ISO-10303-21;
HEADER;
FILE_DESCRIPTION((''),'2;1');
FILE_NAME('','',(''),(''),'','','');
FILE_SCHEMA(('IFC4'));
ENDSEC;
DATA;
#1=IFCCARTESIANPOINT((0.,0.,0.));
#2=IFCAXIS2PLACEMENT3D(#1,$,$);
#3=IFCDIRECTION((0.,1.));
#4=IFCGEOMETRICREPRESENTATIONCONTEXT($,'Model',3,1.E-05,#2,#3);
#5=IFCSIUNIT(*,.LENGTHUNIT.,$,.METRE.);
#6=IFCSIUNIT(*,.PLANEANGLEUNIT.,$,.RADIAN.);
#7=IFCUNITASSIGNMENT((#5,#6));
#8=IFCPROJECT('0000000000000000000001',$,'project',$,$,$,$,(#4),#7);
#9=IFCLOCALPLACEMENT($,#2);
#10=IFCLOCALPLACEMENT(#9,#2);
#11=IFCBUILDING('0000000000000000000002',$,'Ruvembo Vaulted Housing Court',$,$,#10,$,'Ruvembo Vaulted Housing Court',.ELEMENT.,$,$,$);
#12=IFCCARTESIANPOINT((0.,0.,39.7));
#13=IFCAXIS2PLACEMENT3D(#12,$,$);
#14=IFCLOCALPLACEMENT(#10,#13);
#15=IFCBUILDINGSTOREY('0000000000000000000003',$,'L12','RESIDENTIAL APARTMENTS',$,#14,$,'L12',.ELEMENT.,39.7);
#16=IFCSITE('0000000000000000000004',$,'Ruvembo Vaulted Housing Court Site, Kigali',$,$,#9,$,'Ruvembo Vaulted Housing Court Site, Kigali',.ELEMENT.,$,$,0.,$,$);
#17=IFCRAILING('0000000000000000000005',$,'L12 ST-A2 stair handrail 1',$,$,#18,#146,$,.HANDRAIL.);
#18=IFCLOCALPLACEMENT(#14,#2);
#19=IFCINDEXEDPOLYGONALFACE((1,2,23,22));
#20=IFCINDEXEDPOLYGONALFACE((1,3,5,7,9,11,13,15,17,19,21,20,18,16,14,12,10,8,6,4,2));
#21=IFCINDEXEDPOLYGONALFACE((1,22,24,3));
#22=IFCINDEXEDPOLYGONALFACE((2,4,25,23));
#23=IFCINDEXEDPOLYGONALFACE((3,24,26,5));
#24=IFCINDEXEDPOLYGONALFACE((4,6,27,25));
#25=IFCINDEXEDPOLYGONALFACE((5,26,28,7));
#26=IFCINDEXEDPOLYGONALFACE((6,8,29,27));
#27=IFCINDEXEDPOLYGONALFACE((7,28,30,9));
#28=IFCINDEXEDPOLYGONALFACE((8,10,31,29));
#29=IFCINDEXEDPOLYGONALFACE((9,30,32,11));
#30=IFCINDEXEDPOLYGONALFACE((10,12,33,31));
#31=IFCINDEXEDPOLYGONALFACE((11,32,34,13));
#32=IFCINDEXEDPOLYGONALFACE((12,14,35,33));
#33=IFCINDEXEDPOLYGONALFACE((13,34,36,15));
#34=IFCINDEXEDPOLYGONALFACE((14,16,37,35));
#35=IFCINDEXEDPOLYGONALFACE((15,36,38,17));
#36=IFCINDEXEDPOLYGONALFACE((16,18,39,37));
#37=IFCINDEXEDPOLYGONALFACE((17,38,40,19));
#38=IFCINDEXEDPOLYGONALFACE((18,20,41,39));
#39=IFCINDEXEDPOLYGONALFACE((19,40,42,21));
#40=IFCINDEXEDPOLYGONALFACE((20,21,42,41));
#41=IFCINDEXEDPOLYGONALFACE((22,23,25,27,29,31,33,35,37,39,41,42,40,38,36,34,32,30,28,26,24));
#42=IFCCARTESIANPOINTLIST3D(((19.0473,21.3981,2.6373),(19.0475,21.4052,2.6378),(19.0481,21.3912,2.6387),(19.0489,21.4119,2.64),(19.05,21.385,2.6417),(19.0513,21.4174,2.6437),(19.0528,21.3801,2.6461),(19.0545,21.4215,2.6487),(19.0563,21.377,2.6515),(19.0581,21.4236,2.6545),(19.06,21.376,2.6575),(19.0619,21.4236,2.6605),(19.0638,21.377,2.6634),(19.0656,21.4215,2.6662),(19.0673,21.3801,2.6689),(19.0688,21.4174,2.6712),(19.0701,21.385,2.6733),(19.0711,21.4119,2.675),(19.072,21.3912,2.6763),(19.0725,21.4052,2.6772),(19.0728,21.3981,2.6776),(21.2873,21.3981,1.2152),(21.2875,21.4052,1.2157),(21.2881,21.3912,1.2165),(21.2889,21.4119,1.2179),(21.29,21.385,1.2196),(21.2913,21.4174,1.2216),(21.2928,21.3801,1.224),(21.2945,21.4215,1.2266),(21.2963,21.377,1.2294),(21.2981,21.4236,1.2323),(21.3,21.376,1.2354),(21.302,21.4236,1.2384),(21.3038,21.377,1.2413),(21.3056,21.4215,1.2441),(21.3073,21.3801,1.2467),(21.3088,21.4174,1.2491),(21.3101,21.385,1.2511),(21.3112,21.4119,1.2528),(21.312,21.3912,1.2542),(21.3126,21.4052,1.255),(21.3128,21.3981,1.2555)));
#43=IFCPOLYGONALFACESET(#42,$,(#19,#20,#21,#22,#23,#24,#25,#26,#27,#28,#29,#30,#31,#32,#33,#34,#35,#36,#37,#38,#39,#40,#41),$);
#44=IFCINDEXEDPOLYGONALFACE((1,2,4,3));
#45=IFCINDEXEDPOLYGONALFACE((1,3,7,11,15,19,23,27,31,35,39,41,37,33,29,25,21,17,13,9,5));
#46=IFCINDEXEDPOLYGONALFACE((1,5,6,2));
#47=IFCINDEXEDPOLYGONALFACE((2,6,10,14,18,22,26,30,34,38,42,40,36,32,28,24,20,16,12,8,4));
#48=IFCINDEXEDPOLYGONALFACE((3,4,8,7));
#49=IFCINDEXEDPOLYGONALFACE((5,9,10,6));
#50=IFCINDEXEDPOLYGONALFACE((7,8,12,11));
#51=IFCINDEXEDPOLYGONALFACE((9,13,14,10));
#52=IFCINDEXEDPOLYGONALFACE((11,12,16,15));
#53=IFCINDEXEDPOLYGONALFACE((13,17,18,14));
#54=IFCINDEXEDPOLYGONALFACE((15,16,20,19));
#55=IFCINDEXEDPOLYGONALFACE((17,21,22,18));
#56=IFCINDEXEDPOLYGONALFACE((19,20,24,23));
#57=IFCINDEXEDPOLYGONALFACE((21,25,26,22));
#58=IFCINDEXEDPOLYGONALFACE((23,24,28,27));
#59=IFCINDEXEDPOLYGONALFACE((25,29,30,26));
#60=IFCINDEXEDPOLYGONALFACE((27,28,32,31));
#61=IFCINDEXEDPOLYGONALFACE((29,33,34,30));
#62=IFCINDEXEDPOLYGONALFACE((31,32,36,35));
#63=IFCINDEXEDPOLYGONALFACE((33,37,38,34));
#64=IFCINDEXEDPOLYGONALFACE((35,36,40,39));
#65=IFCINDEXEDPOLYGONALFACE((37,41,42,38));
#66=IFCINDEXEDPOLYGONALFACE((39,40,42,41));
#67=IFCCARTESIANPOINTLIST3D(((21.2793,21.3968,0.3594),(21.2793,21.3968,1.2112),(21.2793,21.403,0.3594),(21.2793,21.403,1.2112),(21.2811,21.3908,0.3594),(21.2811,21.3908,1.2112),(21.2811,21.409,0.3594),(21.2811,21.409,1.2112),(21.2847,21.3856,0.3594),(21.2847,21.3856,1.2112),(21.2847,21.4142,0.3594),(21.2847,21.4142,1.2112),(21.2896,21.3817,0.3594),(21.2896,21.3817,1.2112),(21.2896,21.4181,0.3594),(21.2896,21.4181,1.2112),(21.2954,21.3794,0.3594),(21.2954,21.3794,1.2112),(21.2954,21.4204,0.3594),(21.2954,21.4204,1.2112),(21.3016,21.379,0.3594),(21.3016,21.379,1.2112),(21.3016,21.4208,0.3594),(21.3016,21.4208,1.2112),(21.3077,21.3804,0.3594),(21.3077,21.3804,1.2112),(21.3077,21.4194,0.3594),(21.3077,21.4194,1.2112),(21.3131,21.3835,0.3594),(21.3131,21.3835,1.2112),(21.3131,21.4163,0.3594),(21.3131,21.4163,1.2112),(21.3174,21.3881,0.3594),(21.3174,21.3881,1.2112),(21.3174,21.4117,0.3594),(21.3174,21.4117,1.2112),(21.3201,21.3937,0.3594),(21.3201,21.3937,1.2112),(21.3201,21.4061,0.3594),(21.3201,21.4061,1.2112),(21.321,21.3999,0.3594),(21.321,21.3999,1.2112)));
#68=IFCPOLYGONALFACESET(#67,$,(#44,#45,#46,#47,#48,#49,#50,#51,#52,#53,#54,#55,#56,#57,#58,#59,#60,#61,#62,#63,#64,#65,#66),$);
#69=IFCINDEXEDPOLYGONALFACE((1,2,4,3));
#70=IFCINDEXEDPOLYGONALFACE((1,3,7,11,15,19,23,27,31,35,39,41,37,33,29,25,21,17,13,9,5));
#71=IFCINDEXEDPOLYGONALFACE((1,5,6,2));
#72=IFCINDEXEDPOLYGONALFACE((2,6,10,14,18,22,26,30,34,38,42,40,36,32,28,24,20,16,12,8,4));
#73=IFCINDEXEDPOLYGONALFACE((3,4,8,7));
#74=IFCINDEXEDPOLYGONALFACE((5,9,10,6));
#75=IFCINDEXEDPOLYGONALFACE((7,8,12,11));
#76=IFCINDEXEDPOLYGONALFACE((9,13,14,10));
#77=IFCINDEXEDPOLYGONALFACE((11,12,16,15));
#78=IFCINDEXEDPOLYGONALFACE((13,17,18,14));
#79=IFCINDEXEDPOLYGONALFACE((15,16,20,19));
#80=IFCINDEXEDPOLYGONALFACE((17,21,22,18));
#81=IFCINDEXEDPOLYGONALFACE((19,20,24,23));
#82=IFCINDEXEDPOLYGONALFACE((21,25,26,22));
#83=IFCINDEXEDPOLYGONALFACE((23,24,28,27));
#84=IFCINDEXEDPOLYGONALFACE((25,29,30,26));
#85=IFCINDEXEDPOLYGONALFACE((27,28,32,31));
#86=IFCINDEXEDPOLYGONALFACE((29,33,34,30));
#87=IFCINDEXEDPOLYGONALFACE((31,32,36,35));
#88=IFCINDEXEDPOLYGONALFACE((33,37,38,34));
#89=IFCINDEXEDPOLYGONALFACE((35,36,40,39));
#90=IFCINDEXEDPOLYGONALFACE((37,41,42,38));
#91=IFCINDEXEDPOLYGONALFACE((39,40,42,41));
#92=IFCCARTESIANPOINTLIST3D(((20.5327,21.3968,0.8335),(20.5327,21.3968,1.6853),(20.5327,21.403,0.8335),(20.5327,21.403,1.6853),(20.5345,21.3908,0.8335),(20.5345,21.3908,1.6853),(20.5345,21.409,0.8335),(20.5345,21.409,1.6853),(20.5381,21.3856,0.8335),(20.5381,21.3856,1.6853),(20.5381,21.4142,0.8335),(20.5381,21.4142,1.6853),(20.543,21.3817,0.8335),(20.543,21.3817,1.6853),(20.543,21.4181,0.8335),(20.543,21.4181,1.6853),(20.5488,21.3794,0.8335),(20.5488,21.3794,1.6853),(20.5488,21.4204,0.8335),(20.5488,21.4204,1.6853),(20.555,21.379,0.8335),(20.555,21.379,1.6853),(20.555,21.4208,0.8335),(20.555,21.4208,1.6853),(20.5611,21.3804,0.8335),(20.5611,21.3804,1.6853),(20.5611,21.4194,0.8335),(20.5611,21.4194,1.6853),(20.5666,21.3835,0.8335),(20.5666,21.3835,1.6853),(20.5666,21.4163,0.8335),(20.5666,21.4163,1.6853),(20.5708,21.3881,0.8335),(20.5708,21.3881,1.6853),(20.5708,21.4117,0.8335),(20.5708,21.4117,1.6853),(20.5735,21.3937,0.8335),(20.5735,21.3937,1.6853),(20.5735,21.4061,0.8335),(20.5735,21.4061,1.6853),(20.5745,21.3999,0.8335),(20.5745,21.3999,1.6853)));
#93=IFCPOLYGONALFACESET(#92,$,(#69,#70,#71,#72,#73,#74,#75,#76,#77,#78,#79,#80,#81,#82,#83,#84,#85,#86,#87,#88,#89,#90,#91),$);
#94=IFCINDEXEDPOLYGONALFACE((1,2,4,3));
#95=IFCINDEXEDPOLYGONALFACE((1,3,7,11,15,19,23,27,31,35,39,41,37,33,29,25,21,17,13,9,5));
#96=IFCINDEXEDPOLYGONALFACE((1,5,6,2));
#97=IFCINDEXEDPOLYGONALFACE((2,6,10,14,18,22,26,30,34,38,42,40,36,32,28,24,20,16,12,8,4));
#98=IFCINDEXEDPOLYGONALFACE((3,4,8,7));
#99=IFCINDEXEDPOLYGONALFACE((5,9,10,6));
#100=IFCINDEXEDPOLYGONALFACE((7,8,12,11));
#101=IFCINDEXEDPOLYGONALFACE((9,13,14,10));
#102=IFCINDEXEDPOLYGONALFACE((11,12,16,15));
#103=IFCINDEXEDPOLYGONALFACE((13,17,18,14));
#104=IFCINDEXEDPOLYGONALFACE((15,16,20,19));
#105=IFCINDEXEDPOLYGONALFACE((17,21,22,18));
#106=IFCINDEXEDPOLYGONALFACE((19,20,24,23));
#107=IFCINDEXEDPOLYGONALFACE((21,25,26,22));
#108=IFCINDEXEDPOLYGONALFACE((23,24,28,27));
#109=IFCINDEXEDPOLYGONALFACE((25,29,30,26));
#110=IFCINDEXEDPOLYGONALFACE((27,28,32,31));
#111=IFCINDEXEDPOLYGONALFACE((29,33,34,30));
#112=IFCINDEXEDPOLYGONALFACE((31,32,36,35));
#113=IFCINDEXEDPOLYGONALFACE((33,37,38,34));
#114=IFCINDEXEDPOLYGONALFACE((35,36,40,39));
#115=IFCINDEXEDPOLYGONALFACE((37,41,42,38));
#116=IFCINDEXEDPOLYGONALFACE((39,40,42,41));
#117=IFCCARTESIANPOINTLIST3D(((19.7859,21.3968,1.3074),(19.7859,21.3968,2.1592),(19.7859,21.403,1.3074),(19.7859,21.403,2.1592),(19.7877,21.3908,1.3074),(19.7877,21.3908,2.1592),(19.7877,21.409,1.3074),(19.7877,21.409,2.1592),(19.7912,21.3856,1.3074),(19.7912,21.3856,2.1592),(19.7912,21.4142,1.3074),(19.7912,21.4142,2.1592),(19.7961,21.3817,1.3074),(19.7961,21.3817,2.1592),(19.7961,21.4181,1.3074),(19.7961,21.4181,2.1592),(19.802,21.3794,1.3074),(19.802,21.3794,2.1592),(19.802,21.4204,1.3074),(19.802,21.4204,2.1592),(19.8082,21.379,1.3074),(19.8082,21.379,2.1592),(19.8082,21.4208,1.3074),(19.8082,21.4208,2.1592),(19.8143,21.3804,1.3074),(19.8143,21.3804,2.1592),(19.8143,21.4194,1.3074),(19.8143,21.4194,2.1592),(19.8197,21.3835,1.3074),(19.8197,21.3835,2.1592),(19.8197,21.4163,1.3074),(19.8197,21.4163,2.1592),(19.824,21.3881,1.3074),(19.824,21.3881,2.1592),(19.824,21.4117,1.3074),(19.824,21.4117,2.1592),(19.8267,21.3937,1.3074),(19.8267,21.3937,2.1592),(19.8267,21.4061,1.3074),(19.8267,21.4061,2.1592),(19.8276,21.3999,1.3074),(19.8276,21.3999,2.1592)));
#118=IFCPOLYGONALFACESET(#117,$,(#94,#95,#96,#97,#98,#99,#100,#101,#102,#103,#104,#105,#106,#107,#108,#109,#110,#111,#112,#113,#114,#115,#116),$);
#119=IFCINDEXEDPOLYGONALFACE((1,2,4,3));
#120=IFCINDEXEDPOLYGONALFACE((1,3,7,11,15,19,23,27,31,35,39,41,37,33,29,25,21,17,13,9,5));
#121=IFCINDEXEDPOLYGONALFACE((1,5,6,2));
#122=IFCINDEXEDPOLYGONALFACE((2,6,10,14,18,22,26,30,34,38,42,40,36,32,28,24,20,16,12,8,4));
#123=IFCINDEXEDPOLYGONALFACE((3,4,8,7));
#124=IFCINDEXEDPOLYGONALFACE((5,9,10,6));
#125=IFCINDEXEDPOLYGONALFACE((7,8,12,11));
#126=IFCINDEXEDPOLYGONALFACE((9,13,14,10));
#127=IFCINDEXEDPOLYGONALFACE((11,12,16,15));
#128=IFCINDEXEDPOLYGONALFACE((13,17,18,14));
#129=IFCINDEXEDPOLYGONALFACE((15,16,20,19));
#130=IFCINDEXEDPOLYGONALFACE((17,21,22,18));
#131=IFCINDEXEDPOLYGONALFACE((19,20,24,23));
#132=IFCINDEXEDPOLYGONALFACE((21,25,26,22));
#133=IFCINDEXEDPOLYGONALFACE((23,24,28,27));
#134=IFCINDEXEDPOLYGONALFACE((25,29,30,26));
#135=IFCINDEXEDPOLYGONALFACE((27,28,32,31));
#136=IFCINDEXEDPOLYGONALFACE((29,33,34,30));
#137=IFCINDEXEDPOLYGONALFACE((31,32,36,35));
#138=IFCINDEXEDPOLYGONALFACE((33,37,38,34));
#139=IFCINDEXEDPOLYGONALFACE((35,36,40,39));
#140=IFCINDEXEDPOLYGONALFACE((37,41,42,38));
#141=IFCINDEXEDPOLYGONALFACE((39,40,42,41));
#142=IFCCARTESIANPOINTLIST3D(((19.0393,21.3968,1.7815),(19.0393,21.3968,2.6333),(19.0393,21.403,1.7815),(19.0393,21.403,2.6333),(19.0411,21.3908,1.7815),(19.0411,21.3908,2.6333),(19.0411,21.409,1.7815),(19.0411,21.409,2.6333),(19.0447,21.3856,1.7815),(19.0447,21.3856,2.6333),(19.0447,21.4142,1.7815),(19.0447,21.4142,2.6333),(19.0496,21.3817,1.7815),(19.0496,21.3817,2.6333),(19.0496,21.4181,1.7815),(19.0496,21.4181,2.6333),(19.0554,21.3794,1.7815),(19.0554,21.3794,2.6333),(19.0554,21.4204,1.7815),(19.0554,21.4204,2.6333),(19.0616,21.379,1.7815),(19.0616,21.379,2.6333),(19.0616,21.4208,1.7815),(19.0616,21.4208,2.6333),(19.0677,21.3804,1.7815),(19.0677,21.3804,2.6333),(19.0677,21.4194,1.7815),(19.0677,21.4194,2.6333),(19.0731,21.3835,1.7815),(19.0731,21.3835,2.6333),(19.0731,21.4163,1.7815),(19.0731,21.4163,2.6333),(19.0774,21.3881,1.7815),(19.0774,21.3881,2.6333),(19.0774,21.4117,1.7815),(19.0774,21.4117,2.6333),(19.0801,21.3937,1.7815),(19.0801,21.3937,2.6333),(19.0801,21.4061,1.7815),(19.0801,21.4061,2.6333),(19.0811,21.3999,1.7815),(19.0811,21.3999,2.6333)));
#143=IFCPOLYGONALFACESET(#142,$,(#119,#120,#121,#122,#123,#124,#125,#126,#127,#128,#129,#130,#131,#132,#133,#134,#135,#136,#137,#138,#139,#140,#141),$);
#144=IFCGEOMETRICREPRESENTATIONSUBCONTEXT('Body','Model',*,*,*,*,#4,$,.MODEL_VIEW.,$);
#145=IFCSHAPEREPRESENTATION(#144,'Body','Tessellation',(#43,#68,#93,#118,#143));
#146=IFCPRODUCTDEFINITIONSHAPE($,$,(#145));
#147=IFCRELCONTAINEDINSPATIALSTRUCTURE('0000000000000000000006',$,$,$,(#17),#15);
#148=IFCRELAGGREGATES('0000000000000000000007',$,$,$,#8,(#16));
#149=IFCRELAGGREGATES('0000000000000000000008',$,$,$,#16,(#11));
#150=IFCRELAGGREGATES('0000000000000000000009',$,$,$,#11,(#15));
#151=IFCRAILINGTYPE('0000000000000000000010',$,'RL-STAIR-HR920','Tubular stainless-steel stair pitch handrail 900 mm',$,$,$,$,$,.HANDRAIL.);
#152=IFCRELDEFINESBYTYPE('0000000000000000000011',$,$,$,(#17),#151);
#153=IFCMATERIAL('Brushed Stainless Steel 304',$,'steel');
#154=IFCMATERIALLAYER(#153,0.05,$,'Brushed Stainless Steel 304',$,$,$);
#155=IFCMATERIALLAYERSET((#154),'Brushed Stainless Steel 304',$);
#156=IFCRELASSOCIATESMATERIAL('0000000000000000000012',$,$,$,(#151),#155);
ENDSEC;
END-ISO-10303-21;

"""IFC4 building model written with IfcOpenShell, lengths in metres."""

from ifc_helpers import new_model, si_unit, direction, frame, origin, origin_2d, place, context, subcontext, project, spatial, circle, extrude, material, layer, layer_set, type_object, element, save


model = new_model("IFC4")

# Units and contexts
model_context = context("Model", 3, precision=1e-05, world=origin(), true_north=direction((0.0, 1.0)))
body_context = subcontext(model_context, "Body", "Model", "MODEL_VIEW")
ifc_project = project(units=[si_unit("LENGTHUNIT", "METRE"), si_unit("PLANEANGLEUNIT", "RADIAN")], contexts=[model_context])

# Site, building, storey
site_placement = place(None, origin())
site = spatial("IfcSite", under=ifc_project, at=site_placement, Name="Ruvembo Vaulted Housing Court Site, Kigali", LongName="Ruvembo Vaulted Housing Court Site, Kigali", CompositionType="ELEMENT", RefElevation=0.0)
building_placement = place(site_placement, origin())
building = spatial("IfcBuilding", under=site, at=building_placement, Name="Ruvembo Vaulted Housing Court", LongName="Ruvembo Vaulted Housing Court", CompositionType="ELEMENT")
storey_placement = place(building_placement, frame((0.0, 0.0, 39.7)))
storey = spatial("IfcBuildingStorey", under=building, at=storey_placement, Name="L12", Description="RESIDENTIAL APARTMENTS", LongName="L12", CompositionType="ELEMENT", Elevation=39.7)

# Shared definitions
ifc_material_1 = material(Name="Brushed Stainless Steel 304", Category="steel")

# Railing
ifc_layer_1 = layer(ifc_material_1, 0.05, Name="Brushed Stainless Steel 304")
ifc_layer_set_1 = layer_set([ifc_layer_1], Name="Brushed Stainless Steel 304")
railing_type_1 = type_object("IfcRailingType", Name="RL-STAIR-HR920", Description="Tubular stainless-steel stair pitch handrail 900 mm", PredefinedType="HANDRAIL", material=ifc_layer_set_1)
railing_1_placement = place(storey_placement, frame((21.3, 21.3999, 0.3594)))
element("IfcRailing", 1, at=railing_1_placement, inside=storey, type_object=railing_type_1, Name="L12 ST-A2 stair handrail 1", PredefinedType="HANDRAIL", context=body_context, shape_type="SweptSolid", body=[
    extrude(circle(Radius=0.0239, at=origin_2d()), frame((0.0, 0.0, 0.876), z_axis=(-0.844229, 0.0, 0.535982), x_axis=(0.0, -1.0, 0.0)), (0.0, 0.0, 1.0), 2.6533),
    extrude(circle(Radius=0.021, at=origin_2d()), origin(), (0.0, 0.0, 1.0), 0.8518),
    extrude(circle(Radius=0.021, at=origin_2d()), frame((-0.7466, 0.0, 0.4741)), (0.0, 0.0, 1.0), 0.8518),
    extrude(circle(Radius=0.021, at=origin_2d()), frame((-1.4934, 0.0, 0.948)), (0.0, 0.0, 1.0), 0.8518),
    extrude(circle(Radius=0.021, at=origin_2d()), frame((-2.24, 0.0, 1.4221)), (0.0, 0.0, 1.0), 0.8518),
])

save(model, "model.ifc")
